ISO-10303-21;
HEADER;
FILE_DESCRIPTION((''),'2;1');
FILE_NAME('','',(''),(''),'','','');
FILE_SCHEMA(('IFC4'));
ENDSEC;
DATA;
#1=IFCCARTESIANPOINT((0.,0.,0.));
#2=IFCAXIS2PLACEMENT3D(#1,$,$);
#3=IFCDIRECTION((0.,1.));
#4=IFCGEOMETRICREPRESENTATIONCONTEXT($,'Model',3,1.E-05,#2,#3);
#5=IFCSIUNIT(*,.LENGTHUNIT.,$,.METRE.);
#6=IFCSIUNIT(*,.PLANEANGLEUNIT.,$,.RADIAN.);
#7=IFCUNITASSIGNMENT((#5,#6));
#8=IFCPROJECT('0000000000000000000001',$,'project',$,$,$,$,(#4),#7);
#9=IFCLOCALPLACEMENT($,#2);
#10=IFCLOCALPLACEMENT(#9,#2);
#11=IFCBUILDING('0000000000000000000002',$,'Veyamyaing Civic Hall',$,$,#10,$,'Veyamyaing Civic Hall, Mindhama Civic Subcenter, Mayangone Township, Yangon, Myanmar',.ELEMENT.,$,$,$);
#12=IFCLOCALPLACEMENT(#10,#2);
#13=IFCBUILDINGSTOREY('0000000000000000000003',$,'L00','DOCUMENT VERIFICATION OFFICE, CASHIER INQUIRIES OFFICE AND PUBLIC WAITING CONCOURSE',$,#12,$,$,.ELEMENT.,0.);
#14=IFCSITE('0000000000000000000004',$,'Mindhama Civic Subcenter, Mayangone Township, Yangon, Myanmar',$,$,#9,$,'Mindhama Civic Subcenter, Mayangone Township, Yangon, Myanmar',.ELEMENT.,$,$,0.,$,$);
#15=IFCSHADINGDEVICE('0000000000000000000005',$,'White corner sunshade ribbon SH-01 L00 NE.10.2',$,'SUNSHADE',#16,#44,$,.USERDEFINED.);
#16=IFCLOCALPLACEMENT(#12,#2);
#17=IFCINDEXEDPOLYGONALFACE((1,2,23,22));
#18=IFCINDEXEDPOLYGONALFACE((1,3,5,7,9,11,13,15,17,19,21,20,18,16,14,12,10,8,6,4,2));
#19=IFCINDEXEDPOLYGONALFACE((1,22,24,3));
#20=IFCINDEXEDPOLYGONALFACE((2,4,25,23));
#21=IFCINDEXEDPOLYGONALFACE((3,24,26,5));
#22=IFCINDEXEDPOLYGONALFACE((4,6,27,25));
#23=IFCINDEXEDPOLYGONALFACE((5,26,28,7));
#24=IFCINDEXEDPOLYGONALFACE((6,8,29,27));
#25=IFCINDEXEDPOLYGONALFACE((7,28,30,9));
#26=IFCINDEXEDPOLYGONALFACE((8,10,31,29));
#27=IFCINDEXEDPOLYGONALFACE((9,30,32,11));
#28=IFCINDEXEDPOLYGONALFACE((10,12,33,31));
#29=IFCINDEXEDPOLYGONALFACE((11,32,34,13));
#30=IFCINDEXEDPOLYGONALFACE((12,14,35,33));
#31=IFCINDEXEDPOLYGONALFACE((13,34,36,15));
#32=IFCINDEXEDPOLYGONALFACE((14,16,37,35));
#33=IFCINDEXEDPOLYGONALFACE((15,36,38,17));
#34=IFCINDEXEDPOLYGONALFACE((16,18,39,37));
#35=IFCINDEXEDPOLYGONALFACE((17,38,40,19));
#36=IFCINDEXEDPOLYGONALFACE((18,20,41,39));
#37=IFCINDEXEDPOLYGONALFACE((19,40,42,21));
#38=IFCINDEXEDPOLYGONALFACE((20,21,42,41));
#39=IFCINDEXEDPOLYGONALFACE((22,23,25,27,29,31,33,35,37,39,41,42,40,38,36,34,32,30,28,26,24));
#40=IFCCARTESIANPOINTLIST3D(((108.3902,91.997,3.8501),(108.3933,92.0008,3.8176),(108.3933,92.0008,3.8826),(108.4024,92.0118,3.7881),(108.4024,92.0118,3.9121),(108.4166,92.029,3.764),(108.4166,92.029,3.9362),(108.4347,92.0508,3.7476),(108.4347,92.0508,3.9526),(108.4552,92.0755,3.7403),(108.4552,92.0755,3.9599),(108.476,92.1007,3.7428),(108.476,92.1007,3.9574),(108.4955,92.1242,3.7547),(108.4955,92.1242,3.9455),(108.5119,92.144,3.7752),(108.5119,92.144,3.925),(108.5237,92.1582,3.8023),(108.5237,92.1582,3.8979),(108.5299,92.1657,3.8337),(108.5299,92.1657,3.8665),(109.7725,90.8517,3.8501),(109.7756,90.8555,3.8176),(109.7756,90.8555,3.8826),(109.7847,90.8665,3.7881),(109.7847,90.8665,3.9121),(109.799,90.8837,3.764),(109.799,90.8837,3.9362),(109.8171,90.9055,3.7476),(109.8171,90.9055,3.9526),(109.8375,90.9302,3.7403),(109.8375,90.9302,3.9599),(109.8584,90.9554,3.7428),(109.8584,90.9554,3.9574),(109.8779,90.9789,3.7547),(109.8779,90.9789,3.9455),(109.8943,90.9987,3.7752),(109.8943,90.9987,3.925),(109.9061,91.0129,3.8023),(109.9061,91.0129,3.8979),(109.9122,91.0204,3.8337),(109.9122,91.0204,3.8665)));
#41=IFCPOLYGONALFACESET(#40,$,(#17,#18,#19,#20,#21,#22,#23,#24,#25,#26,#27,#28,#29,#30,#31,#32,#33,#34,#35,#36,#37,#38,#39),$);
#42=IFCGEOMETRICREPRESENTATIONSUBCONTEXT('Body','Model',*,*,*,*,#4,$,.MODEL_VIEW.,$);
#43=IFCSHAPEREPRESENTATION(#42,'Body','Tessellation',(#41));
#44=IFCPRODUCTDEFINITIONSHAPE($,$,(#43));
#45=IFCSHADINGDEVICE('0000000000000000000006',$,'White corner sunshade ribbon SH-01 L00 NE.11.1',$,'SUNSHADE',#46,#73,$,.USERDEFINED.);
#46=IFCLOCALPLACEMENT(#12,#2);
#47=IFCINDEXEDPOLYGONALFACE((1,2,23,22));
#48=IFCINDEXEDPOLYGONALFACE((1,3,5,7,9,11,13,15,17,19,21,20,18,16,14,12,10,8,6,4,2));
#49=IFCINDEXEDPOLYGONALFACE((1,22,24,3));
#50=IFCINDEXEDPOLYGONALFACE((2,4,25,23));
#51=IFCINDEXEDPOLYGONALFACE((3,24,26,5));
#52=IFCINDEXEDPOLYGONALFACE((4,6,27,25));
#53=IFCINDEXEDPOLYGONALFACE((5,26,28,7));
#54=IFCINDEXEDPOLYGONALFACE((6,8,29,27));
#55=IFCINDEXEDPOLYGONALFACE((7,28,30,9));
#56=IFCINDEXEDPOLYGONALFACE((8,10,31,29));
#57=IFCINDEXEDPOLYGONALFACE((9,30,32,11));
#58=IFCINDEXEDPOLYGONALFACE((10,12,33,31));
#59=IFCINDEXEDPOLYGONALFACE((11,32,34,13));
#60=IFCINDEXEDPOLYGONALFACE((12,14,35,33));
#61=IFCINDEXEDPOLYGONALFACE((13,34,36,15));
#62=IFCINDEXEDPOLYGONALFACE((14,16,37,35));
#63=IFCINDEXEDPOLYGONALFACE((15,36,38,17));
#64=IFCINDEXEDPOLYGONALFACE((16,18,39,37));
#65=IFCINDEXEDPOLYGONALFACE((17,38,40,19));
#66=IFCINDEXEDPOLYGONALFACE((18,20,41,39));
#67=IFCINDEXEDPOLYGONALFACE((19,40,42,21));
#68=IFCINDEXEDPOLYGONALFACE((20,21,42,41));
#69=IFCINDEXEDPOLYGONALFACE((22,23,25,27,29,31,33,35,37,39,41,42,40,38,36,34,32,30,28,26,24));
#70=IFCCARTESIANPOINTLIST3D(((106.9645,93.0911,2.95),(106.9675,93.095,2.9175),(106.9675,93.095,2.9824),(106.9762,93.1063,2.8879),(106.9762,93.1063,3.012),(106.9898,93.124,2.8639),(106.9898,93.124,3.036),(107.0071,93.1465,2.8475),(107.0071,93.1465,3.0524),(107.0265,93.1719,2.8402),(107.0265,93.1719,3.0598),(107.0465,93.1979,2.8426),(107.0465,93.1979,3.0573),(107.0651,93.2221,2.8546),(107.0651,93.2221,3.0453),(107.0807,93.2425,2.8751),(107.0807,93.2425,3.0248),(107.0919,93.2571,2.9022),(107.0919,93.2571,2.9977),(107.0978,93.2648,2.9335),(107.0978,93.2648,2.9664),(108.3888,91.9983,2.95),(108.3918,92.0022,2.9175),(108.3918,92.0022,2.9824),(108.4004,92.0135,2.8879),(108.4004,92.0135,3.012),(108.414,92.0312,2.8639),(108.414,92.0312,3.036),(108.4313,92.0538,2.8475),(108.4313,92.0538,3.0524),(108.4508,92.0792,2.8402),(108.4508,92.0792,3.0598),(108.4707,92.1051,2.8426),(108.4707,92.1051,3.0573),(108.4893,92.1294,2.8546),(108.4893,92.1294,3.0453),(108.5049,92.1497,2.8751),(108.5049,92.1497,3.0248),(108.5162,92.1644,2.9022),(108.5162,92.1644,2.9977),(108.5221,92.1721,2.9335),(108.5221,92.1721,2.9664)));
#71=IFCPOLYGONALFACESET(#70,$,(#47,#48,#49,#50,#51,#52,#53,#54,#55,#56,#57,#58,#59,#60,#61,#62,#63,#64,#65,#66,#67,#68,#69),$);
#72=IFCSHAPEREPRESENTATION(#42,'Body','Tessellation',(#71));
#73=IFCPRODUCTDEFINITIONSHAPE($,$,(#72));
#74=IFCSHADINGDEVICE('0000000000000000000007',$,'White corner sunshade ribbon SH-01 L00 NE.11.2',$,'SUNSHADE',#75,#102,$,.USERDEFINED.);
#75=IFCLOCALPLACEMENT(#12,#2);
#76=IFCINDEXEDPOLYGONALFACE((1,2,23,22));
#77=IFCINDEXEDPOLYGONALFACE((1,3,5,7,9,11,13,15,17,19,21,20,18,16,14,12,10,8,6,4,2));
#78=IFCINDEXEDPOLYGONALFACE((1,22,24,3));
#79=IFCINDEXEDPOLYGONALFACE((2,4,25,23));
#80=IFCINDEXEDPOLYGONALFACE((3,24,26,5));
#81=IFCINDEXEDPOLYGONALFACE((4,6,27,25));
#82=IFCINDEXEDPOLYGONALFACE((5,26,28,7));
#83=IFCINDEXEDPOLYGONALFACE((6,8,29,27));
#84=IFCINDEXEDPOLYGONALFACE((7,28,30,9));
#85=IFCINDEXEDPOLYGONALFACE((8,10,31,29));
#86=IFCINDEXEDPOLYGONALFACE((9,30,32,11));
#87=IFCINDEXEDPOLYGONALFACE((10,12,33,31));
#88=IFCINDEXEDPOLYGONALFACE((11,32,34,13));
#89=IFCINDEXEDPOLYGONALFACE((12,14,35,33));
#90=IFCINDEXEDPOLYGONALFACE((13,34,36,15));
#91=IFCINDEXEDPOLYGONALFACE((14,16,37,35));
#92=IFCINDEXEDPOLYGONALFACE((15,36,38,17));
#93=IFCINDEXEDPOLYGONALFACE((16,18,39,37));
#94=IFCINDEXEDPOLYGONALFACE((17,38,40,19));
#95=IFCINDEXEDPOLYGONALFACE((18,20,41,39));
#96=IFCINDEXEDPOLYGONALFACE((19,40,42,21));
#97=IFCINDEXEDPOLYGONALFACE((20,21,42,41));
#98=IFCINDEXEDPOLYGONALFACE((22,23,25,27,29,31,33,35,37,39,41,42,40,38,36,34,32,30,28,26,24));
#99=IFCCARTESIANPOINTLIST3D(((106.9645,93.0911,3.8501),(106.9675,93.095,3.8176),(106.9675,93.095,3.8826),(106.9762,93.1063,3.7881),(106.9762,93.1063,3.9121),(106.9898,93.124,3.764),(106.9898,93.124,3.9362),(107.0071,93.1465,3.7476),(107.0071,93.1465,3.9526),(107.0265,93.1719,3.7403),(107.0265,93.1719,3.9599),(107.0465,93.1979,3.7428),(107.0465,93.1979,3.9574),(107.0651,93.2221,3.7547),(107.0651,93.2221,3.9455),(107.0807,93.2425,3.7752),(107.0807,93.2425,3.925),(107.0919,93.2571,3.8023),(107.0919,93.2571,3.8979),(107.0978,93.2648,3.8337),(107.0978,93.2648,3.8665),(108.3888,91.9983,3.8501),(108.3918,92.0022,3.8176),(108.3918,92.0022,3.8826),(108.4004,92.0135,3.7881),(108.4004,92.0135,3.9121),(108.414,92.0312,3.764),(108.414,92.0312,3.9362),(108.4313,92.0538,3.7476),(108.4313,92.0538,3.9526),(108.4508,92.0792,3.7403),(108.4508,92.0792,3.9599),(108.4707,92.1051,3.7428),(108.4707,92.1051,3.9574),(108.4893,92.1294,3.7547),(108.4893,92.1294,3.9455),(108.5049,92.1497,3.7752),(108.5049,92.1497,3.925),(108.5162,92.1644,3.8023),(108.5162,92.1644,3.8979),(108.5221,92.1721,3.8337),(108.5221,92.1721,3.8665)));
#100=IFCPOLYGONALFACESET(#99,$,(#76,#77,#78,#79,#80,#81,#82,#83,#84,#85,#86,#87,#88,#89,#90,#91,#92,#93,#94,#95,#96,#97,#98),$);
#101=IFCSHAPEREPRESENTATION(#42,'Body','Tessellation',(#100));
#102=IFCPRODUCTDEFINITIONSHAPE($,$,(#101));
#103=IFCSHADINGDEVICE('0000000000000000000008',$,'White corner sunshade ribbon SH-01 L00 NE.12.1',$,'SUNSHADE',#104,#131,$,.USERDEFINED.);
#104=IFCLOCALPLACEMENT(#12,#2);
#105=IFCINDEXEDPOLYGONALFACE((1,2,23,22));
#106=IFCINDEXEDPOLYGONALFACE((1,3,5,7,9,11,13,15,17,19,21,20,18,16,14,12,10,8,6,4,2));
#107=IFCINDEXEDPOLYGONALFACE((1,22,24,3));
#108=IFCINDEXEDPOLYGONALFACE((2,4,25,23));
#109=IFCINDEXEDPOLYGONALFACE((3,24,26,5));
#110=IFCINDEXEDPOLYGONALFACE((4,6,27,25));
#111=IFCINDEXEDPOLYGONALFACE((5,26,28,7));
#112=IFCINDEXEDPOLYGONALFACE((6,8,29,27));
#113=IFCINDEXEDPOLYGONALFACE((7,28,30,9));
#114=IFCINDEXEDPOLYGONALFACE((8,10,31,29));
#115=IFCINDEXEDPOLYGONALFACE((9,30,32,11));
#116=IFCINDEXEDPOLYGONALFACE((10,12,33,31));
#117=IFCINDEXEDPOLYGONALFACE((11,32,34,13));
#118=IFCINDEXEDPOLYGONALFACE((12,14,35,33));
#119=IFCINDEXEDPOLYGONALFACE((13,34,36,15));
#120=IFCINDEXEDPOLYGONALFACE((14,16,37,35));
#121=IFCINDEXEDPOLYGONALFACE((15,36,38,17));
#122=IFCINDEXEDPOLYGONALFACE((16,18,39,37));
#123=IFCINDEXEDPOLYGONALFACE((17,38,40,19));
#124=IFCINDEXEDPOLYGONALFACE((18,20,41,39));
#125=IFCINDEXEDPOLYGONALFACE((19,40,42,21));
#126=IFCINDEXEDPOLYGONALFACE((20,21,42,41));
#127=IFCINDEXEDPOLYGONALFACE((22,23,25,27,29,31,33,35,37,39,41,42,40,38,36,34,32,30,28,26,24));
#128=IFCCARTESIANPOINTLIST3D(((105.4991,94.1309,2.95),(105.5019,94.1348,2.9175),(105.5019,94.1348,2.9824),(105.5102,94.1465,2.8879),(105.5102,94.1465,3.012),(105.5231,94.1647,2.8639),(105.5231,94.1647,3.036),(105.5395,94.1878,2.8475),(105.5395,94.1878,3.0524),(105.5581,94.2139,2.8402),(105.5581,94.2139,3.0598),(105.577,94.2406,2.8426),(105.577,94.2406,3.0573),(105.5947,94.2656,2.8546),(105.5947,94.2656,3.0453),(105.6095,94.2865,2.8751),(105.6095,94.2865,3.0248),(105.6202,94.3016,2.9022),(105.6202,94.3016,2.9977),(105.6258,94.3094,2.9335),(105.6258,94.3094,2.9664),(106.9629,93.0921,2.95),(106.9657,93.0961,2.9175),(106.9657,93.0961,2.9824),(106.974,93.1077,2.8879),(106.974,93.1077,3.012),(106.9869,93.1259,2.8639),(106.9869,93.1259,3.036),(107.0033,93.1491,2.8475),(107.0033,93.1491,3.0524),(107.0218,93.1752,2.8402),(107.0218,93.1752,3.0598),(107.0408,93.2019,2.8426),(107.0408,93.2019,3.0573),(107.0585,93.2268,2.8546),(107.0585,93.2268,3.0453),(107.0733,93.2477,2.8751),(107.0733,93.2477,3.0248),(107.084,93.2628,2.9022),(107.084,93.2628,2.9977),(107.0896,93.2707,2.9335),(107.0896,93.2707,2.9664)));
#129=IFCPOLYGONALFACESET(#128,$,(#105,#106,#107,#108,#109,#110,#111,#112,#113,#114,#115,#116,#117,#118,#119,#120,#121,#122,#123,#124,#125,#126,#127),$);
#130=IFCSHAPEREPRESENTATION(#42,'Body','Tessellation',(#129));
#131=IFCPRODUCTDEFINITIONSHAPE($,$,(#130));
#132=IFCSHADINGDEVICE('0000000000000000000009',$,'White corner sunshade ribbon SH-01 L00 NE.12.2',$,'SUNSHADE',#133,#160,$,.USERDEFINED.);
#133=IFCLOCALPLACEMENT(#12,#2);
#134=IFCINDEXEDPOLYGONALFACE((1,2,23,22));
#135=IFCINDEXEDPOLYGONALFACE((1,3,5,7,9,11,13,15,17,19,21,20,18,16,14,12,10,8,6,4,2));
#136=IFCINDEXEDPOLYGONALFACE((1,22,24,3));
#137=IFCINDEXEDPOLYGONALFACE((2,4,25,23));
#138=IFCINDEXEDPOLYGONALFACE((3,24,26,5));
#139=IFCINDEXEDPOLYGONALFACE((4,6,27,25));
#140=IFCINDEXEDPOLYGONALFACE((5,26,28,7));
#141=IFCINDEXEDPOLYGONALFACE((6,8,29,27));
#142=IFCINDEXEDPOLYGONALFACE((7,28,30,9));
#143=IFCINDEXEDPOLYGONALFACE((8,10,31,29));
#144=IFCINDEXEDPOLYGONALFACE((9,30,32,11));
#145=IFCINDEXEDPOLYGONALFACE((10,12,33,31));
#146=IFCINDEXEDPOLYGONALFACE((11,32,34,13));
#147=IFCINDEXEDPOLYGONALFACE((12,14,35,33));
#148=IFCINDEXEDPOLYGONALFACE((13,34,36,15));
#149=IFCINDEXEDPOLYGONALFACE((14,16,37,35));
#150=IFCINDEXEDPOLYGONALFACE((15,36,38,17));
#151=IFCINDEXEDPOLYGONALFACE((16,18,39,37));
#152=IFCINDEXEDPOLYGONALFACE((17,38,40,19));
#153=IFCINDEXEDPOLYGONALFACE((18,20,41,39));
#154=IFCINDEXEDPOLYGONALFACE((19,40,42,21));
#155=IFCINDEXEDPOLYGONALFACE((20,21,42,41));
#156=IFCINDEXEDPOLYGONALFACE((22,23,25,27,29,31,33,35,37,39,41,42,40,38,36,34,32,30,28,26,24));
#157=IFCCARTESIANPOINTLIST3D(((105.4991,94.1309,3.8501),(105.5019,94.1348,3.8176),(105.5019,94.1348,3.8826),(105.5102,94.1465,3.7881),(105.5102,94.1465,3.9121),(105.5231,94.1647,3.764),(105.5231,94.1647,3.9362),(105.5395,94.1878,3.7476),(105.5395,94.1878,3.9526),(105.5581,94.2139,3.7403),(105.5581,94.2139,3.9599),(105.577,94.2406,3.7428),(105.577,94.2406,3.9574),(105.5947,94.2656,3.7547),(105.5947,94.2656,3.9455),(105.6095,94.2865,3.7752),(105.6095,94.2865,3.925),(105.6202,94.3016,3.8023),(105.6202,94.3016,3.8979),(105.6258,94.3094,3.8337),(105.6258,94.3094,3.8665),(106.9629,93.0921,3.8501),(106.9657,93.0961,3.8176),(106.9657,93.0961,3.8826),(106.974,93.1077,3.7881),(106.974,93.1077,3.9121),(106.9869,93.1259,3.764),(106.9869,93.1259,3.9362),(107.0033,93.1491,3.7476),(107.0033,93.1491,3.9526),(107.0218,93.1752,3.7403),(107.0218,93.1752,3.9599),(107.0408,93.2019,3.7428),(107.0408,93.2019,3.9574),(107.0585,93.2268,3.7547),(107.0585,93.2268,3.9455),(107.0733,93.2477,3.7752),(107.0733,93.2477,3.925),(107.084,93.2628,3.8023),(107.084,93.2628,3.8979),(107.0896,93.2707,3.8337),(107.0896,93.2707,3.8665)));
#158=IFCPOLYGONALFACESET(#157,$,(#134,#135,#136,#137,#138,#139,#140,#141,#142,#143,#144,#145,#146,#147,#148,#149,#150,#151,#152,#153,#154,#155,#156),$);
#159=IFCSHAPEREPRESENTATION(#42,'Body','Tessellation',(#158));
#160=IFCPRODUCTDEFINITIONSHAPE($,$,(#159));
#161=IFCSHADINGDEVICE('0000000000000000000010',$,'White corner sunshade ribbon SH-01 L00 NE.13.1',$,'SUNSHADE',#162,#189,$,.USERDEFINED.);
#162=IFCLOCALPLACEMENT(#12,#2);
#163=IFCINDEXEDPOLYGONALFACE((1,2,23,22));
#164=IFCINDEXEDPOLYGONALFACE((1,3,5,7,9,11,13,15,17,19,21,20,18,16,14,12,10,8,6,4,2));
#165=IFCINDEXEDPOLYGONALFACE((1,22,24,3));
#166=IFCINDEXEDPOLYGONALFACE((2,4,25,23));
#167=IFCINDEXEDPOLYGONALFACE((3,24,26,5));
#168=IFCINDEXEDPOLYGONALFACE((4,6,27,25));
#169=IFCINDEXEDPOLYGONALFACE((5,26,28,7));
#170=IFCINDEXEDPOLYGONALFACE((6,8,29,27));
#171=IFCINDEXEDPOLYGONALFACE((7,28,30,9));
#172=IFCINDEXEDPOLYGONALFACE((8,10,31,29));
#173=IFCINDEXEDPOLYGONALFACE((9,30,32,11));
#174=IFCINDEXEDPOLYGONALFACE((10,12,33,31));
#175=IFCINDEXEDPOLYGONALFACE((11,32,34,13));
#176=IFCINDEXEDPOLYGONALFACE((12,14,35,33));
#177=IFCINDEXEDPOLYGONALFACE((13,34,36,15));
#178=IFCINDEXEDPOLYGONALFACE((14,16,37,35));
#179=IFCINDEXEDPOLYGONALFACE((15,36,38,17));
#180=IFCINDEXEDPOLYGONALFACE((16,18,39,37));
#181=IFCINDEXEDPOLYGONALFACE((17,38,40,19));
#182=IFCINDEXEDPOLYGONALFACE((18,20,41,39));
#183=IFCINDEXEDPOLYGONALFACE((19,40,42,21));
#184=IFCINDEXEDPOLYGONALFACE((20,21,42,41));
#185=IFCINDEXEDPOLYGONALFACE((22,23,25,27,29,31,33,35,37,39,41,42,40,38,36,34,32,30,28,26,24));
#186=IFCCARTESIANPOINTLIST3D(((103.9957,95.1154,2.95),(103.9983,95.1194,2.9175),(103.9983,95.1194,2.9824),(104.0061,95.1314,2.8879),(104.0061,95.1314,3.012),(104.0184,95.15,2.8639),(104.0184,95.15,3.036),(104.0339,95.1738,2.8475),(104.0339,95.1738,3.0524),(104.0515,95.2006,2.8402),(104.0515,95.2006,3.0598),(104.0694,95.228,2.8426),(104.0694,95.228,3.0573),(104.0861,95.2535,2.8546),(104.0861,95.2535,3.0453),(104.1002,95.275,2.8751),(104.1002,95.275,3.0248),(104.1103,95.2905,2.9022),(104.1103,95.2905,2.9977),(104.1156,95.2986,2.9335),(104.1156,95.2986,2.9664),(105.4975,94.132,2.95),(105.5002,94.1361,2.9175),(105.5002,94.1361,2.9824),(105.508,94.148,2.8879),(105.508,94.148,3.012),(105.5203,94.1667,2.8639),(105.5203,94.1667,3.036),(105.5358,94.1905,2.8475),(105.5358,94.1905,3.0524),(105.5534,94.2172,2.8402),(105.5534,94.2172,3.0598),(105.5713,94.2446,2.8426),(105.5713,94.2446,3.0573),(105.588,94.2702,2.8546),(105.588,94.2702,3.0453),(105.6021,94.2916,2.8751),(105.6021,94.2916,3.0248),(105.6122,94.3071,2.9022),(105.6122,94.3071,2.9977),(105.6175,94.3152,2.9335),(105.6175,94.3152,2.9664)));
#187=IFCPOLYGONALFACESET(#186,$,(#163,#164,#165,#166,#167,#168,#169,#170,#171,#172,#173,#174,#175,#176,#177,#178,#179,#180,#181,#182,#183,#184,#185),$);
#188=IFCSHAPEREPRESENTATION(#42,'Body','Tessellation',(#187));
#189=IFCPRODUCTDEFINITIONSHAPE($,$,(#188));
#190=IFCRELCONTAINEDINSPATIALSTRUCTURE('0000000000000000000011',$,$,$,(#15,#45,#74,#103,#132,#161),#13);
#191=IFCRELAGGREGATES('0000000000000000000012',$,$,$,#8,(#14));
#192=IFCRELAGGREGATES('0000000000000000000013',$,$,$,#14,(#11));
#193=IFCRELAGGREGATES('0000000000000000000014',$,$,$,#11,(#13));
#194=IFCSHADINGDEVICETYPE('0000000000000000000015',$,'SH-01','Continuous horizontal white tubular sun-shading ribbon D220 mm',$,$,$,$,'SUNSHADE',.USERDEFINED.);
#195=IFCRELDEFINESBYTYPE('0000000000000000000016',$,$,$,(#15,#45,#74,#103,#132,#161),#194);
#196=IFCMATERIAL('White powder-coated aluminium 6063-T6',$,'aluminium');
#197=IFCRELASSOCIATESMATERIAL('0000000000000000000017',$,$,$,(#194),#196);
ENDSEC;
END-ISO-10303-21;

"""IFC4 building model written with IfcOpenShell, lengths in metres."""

from ifc_helpers import new_model, si_unit, direction, frame, origin, origin_2d, place, context, subcontext, project, spatial, circle, extrude, material, material_profile, profile_set, type_object, element, save


model = new_model("IFC4")

# Units and contexts
model_context = context("Model", 3, precision=1e-05, world=origin(), true_north=direction((0.0, 1.0)))
body_context = subcontext(model_context, "Body", "Model", "MODEL_VIEW")
ifc_project = project(units=[si_unit("LENGTHUNIT", "METRE"), si_unit("PLANEANGLEUNIT", "RADIAN")], contexts=[model_context])

# Site, building, storey
site_placement = place(None, origin())
site = spatial("IfcSite", under=ifc_project, at=site_placement, Name="Mindhama Civic Subcenter, Mayangone Township, Yangon, Myanmar", LongName="Mindhama Civic Subcenter, Mayangone Township, Yangon, Myanmar", CompositionType="ELEMENT", RefElevation=0.0)
building_placement = place(site_placement, origin())
building = spatial("IfcBuilding", under=site, at=building_placement, Name="Veyamyaing Civic Hall", LongName="Veyamyaing Civic Hall, Mindhama Civic Subcenter, Mayangone Township, Yangon, Myanmar", CompositionType="ELEMENT")
storey_placement = place(building_placement, origin())
storey = spatial("IfcBuildingStorey", under=building, at=storey_placement, Name="L00", Description="DOCUMENT VERIFICATION OFFICE, CASHIER INQUIRIES OFFICE AND PUBLIC WAITING CONCOURSE", CompositionType="ELEMENT", Elevation=0.0)

# Shared definitions
ifc_material_1 = material(Name="White powder-coated aluminium 6063-T6", Category="aluminium")

# Shading devices
ifc_material_profile_1 = material_profile(ifc_material_1, circle(Radius=0.1101, at=origin_2d()), Name="SHADE-TUBE-220")
ifc_profile_set_1 = profile_set([ifc_material_profile_1], Name="White powder-coated aluminium 6063-T6")
shading_device_type_1 = type_object("IfcShadingDeviceType", Name="SH-01", Description="Continuous horizontal white tubular sun-shading ribbon D220 mm", ElementType="SUNSHADE", PredefinedType="USERDEFINED", material=ifc_profile_set_1)
for number, where, z_axis, x_axis, name in (
    (1, (109.8428, 90.9365, 3.8501), (-0.770046, 0.637988, 0.0), (-0.637988, -0.770046, 0.0), "White corner sunshade ribbon SH-01 L00 NE.10.2"),
    (2, (108.4558, 92.0857, 2.95), (-0.793392, 0.608711, 0.0), (-0.608711, -0.793392, 0.0), "White corner sunshade ribbon SH-01 L00 NE.11.1"),
    (3, (108.4558, 92.0857, 3.8501), (-0.793392, 0.608711, 0.0), (-0.608711, -0.793392, 0.0), "White corner sunshade ribbon SH-01 L00 NE.11.2"),
):
    element("IfcShadingDevice", number, at=place(storey_placement, frame(where, z_axis=z_axis, x_axis=x_axis)), inside=storey, type_object=shading_device_type_1, Name=name, ObjectType="SUNSHADE", PredefinedType="USERDEFINED", context=body_context, shape_type="SweptSolid", body=[
        extrude(circle(Radius=0.1101, at=origin_2d()), origin(), (0.0, 0.0, 1.0), 1.7952),
    ])
for number, where, z_axis, x_axis, name in (
    (4, (107.0266, 93.1819, 2.95), (-0.815522, 0.578727, 0.0), (-0.578727, -0.815522, 0.0), "White corner sunshade ribbon SH-01 L00 NE.12.1"),
    (5, (107.0266, 93.1819, 3.8501), (-0.815522, 0.578727, 0.0), (-0.578727, -0.815522, 0.0), "White corner sunshade ribbon SH-01 L00 NE.12.2"),
):
    element("IfcShadingDevice", number, at=place(storey_placement, frame(where, z_axis=z_axis, x_axis=x_axis)), inside=storey, type_object=shading_device_type_1, Name=name, ObjectType="SUNSHADE", PredefinedType="USERDEFINED", context=body_context, shape_type="SweptSolid", body=[
        extrude(circle(Radius=0.1101, at=origin_2d()), origin(), (0.0, 0.0, 1.0), 1.7949),
    ])
for number, where, z_axis, x_axis, name in (
    (6, (105.5579, 94.2241, 2.95), (-0.836624, 0.547777, 0.0), (-0.547777, -0.836624, 0.0), "White corner sunshade ribbon SH-01 L00 NE.13.1"),
):
    element("IfcShadingDevice", number, at=place(storey_placement, frame(where, z_axis=z_axis, x_axis=x_axis)), inside=storey, type_object=shading_device_type_1, Name=name, ObjectType="SUNSHADE", PredefinedType="USERDEFINED", context=body_context, shape_type="SweptSolid", body=[
        extrude(circle(Radius=0.1101, at=origin_2d()), origin(), (0.0, 0.0, 1.0), 1.7952),
    ])

save(model, "model.ifc")
